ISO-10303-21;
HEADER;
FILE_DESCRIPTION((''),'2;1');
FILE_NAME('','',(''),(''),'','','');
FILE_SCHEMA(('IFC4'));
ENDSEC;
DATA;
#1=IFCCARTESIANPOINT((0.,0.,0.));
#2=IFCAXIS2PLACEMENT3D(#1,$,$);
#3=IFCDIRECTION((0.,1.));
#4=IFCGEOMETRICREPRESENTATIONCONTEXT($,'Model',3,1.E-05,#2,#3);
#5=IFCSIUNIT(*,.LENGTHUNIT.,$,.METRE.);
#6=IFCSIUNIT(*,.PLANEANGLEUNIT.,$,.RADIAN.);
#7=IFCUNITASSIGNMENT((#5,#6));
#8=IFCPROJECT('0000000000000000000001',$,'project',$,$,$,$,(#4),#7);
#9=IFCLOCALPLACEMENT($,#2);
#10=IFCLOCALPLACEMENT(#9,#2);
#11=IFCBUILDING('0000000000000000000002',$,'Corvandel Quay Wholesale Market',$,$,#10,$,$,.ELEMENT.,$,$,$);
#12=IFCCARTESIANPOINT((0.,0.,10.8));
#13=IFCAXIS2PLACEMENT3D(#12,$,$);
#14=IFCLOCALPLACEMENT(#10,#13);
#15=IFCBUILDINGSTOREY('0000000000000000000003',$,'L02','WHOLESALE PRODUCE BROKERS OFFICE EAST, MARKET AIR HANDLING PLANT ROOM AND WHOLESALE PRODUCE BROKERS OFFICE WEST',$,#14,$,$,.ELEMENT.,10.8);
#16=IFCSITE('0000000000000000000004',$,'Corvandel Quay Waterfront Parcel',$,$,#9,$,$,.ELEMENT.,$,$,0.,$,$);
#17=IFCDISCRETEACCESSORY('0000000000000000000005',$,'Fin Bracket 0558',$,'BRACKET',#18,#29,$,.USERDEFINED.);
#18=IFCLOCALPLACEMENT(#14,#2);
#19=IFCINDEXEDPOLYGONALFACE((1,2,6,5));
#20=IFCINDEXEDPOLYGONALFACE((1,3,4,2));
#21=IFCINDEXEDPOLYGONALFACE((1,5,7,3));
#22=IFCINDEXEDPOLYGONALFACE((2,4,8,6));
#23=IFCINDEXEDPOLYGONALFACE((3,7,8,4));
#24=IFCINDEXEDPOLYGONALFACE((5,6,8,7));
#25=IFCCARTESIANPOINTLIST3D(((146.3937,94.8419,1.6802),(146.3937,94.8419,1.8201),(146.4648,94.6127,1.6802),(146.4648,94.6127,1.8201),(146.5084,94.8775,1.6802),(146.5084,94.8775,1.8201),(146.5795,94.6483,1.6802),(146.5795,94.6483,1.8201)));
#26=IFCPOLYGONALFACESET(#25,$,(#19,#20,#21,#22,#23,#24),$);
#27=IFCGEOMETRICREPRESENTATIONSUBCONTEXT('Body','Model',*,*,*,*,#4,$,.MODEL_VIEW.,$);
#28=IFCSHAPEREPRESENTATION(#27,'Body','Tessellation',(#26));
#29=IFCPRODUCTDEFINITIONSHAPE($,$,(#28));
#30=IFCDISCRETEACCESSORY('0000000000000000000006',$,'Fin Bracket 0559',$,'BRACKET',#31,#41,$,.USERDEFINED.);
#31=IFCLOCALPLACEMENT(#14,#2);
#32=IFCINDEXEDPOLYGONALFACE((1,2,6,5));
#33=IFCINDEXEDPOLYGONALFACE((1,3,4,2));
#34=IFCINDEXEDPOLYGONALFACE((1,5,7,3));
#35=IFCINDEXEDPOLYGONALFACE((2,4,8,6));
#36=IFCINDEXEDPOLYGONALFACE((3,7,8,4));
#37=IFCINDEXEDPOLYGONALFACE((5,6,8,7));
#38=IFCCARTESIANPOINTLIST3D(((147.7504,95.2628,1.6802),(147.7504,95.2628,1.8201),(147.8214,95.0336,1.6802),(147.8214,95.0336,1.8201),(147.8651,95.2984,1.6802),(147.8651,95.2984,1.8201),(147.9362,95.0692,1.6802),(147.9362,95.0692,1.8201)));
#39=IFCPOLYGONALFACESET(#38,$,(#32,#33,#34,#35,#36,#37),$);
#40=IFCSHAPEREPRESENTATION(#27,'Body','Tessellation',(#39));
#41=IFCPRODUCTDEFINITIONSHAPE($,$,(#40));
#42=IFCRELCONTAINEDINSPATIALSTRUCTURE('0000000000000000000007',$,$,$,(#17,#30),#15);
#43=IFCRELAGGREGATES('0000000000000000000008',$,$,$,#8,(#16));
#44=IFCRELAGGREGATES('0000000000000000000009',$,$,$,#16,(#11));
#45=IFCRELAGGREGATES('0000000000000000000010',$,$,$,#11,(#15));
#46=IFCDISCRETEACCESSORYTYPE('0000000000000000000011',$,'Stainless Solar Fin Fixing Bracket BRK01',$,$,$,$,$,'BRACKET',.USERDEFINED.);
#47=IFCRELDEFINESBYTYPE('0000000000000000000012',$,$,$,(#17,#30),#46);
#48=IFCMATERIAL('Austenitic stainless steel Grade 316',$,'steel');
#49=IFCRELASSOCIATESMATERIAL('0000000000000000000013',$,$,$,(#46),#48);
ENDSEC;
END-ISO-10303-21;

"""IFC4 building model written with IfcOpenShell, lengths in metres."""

from ifc_helpers import new_model, si_unit, direction, frame, origin, origin_2d, place, context, subcontext, project, spatial, rectangle, extrude, material, type_object, element, save


model = new_model("IFC4")

# Units and contexts
model_context = context("Model", 3, precision=1e-05, world=origin(), true_north=direction((0.0, 1.0)))
body_context = subcontext(model_context, "Body", "Model", "MODEL_VIEW")
ifc_project = project(units=[si_unit("LENGTHUNIT", "METRE"), si_unit("PLANEANGLEUNIT", "RADIAN")], contexts=[model_context])

# Site, building, storey
site_placement = place(None, origin())
site = spatial("IfcSite", under=ifc_project, at=site_placement, Name="Corvandel Quay Waterfront Parcel", CompositionType="ELEMENT", RefElevation=0.0)
building_placement = place(site_placement, origin())
building = spatial("IfcBuilding", under=site, at=building_placement, Name="Corvandel Quay Wholesale Market", CompositionType="ELEMENT")
storey_placement = place(building_placement, frame((0.0, 0.0, 10.8)))
storey = spatial("IfcBuildingStorey", under=building, at=storey_placement, Name="L02", Description="WHOLESALE PRODUCE BROKERS OFFICE EAST, MARKET AIR HANDLING PLANT ROOM AND WHOLESALE PRODUCE BROKERS OFFICE WEST", CompositionType="ELEMENT", Elevation=10.8)

# Discrete accessories
ifc_material_1 = material(Name="Austenitic stainless steel Grade 316", Category="steel")
discrete_accessory_type = type_object("IfcDiscreteAccessoryType", Name="Stainless Solar Fin Fixing Bracket BRK01", ElementType="BRACKET", PredefinedType="USERDEFINED", material=ifc_material_1)
for number, where, z_axis, x_axis, name in (
    (1, (146.4866, 94.7451, 1.6802), (0.0, 0.0, 1.0), (-0.296208, 0.955123, 0.0), "Fin Bracket 0558"),
    (2, (147.8433, 95.166, 1.6802), (0.0, 0.0, 1.0), (-0.296208, 0.955123, 0.0), "Fin Bracket 0559"),
):
    element("IfcDiscreteAccessory", number, at=place(storey_placement, frame(where, z_axis=z_axis, x_axis=x_axis)), inside=storey, type_object=discrete_accessory_type, Name=name, ObjectType="BRACKET", PredefinedType="USERDEFINED", context=body_context, shape_type="SweptSolid", body=[
        extrude(rectangle(XDim=0.24, YDim=0.1201, at=origin_2d()), origin(), (0.0, 0.0, 1.0), 0.1399),
    ])

save(model, "model.ifc")
